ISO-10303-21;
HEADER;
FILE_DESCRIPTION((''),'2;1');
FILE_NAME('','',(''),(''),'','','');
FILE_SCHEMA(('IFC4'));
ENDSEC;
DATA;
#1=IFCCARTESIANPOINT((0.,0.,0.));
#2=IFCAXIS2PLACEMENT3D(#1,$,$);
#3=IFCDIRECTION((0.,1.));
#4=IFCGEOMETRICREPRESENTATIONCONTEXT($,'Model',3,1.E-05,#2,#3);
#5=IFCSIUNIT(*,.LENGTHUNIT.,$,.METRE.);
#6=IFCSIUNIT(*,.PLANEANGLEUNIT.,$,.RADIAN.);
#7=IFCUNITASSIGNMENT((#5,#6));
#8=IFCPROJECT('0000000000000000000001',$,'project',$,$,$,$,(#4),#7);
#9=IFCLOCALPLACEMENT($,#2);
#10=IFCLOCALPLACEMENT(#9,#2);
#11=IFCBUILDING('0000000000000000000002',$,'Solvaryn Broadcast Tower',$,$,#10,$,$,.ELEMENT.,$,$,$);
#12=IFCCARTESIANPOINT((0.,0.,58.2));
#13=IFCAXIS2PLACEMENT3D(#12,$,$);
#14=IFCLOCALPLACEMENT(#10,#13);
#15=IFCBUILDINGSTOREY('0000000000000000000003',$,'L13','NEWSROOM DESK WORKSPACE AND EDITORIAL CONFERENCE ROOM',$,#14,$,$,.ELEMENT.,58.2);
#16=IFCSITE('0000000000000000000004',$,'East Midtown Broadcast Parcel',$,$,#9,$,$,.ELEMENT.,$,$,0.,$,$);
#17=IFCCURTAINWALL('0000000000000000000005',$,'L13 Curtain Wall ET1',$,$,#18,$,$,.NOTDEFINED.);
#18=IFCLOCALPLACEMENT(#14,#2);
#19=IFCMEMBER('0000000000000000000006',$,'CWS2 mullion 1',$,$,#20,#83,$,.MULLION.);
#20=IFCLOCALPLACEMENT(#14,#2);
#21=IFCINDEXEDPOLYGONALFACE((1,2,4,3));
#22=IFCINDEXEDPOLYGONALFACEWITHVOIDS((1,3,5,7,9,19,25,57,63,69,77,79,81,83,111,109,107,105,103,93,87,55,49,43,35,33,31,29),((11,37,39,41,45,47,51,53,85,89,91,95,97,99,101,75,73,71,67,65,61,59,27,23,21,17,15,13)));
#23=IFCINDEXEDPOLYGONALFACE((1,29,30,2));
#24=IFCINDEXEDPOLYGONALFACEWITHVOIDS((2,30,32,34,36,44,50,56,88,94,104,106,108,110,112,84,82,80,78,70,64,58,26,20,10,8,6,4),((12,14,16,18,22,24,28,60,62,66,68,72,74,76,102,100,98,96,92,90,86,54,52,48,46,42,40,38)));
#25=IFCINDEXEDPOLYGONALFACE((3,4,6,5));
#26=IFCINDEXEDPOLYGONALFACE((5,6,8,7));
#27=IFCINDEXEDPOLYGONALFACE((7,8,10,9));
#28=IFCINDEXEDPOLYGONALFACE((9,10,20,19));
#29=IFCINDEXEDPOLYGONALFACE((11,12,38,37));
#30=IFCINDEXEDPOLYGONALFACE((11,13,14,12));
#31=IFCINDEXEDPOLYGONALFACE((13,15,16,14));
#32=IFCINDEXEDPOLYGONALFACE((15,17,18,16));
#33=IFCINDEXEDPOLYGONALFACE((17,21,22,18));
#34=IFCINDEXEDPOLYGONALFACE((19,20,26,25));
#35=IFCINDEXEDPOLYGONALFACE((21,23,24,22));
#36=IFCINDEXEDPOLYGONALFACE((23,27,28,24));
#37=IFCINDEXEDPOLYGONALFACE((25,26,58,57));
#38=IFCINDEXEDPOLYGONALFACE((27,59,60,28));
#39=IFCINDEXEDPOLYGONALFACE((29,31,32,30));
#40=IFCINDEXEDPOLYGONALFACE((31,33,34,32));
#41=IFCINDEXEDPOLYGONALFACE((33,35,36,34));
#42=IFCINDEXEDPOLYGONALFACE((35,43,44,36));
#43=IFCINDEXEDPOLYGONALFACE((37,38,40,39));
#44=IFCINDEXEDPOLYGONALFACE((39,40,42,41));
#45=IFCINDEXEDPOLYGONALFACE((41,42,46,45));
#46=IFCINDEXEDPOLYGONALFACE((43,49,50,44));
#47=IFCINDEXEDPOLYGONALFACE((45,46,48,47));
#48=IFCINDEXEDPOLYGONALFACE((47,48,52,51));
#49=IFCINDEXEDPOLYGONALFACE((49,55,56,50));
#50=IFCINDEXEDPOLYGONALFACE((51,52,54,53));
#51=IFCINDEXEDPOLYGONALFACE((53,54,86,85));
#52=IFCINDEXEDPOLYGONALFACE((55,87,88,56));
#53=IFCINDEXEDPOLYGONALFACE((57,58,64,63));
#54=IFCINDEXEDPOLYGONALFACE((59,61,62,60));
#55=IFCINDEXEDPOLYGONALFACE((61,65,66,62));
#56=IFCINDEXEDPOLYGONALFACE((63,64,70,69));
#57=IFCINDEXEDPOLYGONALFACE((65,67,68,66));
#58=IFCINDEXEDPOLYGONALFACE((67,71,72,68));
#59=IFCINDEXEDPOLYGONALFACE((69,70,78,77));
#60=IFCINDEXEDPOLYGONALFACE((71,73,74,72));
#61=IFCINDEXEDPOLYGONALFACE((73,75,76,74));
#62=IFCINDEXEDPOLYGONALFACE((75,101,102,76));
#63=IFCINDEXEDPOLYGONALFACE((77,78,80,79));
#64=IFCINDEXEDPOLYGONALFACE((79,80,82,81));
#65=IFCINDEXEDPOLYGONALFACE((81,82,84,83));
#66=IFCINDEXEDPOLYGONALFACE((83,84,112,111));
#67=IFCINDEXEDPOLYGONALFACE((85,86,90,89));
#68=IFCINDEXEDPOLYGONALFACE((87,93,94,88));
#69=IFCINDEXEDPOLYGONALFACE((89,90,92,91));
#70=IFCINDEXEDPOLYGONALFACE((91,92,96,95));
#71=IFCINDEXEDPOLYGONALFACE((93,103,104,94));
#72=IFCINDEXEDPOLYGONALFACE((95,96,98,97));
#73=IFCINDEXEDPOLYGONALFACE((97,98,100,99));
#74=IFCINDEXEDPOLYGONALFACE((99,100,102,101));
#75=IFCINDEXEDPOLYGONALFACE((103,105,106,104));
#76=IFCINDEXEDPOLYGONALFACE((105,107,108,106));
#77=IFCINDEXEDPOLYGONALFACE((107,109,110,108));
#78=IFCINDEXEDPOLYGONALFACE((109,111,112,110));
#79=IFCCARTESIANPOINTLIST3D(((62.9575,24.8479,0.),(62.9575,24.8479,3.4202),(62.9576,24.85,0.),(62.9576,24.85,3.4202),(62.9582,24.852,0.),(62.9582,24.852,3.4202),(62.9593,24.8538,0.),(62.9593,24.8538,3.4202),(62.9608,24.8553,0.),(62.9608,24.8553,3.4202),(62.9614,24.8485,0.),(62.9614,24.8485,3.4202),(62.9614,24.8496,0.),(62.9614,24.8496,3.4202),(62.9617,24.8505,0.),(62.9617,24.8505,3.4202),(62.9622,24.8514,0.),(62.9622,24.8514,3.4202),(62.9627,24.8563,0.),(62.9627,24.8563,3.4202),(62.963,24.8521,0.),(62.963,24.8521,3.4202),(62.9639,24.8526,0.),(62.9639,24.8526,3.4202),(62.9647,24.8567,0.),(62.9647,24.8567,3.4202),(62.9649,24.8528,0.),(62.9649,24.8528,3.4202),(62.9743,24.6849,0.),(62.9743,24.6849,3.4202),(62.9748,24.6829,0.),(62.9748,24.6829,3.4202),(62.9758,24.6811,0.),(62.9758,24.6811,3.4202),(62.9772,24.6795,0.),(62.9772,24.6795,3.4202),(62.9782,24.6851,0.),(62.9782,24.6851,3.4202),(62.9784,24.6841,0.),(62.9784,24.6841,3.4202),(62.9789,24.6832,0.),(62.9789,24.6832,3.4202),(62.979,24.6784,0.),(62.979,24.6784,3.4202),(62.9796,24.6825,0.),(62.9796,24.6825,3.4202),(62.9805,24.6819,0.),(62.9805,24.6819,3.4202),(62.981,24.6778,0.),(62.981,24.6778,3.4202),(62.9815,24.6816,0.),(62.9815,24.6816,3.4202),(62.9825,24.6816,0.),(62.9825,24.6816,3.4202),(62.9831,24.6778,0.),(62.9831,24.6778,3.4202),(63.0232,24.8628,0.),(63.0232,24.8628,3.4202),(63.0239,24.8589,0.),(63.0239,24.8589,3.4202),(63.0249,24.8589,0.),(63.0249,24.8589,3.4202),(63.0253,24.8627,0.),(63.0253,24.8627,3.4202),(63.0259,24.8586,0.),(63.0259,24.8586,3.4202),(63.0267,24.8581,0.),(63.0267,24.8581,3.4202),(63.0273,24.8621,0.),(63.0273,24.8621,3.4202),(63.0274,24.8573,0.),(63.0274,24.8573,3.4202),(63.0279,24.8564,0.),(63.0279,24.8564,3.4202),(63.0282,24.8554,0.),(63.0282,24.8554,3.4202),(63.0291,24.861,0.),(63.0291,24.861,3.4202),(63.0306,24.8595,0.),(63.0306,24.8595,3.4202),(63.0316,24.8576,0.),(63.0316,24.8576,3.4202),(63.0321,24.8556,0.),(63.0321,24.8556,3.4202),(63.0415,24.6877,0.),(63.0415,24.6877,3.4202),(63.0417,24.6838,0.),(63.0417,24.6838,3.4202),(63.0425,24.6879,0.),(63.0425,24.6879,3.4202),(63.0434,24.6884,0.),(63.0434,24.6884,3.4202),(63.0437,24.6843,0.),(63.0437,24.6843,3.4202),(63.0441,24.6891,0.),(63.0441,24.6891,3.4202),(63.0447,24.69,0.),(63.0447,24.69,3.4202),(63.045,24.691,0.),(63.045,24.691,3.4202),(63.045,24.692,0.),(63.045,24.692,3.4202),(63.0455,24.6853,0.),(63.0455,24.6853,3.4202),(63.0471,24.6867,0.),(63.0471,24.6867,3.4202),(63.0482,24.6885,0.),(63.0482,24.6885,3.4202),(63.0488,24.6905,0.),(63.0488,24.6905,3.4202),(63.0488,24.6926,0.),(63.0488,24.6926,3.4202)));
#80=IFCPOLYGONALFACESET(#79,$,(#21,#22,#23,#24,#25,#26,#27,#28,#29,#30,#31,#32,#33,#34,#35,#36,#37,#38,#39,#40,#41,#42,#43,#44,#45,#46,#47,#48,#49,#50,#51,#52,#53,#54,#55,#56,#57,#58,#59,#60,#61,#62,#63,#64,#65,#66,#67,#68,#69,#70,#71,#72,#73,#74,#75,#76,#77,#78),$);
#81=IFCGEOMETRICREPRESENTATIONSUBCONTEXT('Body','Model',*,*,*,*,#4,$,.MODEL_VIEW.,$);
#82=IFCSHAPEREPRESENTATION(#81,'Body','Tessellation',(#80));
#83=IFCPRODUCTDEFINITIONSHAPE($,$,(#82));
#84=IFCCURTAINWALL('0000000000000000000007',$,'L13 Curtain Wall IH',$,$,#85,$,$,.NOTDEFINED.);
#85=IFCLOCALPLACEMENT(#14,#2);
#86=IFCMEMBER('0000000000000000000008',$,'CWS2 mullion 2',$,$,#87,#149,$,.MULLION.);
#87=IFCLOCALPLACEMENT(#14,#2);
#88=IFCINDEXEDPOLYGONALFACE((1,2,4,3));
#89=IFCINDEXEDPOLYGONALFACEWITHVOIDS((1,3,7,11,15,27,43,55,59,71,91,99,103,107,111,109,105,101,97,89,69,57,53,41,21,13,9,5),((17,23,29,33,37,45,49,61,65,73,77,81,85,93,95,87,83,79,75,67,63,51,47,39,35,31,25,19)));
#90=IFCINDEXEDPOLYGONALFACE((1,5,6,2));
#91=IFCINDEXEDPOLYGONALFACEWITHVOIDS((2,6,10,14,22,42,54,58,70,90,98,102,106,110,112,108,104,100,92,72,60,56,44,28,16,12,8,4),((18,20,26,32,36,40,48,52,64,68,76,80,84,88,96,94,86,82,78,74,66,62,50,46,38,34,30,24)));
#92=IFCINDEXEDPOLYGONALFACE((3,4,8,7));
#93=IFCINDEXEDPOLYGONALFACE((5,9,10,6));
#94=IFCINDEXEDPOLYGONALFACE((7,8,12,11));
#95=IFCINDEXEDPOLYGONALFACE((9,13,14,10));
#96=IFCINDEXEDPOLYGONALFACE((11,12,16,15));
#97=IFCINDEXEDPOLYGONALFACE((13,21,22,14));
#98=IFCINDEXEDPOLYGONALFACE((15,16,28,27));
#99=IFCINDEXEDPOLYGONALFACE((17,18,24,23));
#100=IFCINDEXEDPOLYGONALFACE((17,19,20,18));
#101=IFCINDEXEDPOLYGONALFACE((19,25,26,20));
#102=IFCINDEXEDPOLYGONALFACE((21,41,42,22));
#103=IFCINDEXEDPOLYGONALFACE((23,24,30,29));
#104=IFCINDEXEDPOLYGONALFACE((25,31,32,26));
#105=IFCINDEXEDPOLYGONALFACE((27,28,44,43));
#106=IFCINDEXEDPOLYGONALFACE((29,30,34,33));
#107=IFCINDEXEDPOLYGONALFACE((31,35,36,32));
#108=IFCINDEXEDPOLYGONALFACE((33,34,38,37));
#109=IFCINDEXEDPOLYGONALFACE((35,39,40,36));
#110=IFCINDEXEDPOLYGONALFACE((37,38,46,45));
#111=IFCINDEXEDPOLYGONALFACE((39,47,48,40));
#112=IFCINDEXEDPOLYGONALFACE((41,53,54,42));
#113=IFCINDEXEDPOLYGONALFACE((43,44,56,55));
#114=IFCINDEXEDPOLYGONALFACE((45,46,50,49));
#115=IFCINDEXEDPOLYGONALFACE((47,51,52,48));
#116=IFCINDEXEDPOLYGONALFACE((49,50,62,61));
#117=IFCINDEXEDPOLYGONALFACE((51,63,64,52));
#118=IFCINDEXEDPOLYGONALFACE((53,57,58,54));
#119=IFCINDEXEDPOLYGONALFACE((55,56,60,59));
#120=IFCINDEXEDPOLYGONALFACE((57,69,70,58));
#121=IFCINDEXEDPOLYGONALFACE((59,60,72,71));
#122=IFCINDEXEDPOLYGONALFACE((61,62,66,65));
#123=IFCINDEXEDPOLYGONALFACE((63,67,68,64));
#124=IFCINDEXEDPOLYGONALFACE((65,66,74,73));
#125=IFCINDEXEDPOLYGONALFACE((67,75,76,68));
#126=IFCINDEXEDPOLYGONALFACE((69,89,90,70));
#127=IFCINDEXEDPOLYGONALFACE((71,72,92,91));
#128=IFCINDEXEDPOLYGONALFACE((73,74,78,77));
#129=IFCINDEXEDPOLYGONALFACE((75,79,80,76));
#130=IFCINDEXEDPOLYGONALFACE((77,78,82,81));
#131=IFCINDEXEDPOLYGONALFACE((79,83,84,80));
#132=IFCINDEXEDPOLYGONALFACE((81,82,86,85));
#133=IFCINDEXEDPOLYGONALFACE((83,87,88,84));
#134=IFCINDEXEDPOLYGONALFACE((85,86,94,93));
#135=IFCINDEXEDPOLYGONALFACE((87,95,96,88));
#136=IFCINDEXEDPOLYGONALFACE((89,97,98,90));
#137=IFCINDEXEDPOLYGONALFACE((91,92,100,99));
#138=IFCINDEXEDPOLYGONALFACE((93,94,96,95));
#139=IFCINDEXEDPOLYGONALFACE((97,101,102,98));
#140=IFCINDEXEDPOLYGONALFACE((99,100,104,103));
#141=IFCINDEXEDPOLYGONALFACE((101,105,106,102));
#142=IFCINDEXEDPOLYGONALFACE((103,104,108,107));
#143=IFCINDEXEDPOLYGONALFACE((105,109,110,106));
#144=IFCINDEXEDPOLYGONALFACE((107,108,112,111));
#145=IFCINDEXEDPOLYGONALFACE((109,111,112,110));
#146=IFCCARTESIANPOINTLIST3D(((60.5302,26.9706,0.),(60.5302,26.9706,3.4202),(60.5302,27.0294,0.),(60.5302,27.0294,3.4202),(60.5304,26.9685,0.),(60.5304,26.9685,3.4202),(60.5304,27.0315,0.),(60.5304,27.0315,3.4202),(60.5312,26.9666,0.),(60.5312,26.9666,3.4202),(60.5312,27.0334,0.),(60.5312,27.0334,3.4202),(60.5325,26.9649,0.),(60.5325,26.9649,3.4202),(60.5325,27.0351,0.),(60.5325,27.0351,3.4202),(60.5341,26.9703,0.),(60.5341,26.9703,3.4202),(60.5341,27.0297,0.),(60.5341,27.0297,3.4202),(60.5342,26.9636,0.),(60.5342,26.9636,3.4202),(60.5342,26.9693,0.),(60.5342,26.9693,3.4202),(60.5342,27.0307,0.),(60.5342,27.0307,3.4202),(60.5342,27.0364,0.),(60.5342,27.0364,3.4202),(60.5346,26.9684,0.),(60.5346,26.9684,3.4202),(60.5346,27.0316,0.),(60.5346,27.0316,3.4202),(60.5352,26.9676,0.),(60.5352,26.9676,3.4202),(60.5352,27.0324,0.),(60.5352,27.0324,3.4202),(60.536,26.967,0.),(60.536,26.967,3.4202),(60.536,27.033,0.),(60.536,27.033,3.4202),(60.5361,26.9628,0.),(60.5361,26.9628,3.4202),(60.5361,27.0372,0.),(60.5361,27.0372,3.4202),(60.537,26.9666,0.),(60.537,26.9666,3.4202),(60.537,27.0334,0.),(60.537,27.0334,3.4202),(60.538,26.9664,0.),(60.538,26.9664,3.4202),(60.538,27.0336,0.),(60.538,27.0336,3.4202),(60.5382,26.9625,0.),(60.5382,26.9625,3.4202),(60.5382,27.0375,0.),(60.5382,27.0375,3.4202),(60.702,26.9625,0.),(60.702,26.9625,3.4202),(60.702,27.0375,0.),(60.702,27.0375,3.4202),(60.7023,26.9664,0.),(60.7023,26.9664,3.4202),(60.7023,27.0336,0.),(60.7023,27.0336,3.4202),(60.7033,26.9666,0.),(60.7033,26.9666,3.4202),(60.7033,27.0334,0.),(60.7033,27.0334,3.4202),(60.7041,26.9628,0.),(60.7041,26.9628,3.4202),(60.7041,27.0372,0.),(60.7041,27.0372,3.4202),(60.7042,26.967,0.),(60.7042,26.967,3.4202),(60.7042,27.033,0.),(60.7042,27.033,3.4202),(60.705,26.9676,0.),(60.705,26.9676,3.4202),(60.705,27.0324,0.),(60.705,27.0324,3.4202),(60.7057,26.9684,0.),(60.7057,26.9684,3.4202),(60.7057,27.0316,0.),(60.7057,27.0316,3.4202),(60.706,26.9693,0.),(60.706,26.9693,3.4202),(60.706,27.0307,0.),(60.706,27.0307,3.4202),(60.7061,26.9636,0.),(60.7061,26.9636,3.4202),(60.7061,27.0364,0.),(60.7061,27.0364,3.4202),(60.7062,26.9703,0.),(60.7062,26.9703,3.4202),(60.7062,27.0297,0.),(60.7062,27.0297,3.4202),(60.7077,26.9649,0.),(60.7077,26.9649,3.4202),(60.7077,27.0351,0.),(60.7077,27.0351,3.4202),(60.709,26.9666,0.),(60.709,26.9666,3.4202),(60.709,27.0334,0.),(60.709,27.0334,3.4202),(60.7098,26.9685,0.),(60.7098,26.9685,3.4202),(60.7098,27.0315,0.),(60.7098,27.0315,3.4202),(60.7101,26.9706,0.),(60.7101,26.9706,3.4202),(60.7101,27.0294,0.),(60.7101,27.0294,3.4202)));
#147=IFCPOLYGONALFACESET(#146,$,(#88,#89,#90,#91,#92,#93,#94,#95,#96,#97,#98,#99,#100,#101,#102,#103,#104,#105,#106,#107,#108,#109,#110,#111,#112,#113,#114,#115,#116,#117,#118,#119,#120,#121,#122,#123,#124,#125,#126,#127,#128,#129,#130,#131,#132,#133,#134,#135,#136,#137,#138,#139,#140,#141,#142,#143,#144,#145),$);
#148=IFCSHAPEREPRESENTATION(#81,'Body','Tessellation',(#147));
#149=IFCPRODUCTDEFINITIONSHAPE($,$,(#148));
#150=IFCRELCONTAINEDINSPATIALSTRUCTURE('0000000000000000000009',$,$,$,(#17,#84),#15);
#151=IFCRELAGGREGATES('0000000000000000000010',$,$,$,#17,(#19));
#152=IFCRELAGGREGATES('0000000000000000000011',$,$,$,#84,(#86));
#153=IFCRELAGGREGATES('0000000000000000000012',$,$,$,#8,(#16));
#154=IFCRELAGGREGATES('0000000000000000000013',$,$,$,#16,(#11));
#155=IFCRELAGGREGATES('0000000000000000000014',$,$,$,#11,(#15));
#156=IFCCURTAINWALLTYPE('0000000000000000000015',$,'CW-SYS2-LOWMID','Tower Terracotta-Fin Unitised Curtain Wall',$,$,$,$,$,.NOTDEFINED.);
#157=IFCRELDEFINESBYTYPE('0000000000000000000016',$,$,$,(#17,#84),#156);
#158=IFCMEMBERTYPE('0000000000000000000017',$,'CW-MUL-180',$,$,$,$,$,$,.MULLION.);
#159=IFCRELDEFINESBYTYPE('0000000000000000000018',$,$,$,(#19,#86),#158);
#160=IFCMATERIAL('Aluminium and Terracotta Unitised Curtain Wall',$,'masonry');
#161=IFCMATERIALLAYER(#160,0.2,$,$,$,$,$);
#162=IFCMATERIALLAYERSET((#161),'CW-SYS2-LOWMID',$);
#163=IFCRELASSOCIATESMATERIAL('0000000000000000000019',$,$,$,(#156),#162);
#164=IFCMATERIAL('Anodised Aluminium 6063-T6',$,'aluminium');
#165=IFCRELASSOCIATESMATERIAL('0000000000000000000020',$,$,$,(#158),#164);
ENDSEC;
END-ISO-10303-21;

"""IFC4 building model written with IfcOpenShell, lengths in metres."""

from ifc_helpers import new_model, si_unit, direction, frame, origin, origin_2d, place, context, subcontext, project, spatial, hollow_rectangle, extrude, material, layer, layer_set, material_profile, profile_set, type_object, element, aggregate, save


model = new_model("IFC4")

# Units and contexts
model_context = context("Model", 3, precision=1e-05, world=origin(), true_north=direction((0.0, 1.0)))
body_context = subcontext(model_context, "Body", "Model", "MODEL_VIEW")
ifc_project = project(units=[si_unit("LENGTHUNIT", "METRE"), si_unit("PLANEANGLEUNIT", "RADIAN")], contexts=[model_context])

# Site, building, storey
site_placement = place(None, origin())
site = spatial("IfcSite", under=ifc_project, at=site_placement, Name="East Midtown Broadcast Parcel", CompositionType="ELEMENT", RefElevation=0.0)
building_placement = place(site_placement, origin())
building = spatial("IfcBuilding", under=site, at=building_placement, Name="Solvaryn Broadcast Tower", CompositionType="ELEMENT")
storey_placement = place(building_placement, frame((0.0, 0.0, 58.2)))
storey = spatial("IfcBuildingStorey", under=building, at=storey_placement, Name="L13", Description="NEWSROOM DESK WORKSPACE AND EDITORIAL CONFERENCE ROOM", CompositionType="ELEMENT", Elevation=58.2)

# Curtain walls, members
ifc_material_1 = material(Name="Aluminium and Terracotta Unitised Curtain Wall", Category="masonry")
ifc_layer_1 = layer(ifc_material_1, 0.2)
ifc_layer_set_1 = layer_set([ifc_layer_1], Name="CW-SYS2-LOWMID")
curtain_wall_type = type_object("IfcCurtainWallType", Name="CW-SYS2-LOWMID", Description="Tower Terracotta-Fin Unitised Curtain Wall", PredefinedType="NOTDEFINED", material=ifc_layer_set_1)
curtain_wall_1_placement = place(storey_placement, origin())
curtain_wall_1 = element("IfcCurtainWall", 1, at=curtain_wall_1_placement, inside=storey, type_object=curtain_wall_type, Name="L13 Curtain Wall ET1", PredefinedType="NOTDEFINED")
ifc_material_2 = material(Name="Anodised Aluminium 6063-T6", Category="aluminium")
ifc_material_profile_1 = material_profile(ifc_material_2, hollow_rectangle(XDim=0.075, YDim=0.1799, WallThickness=0.0039, InnerFilletRadius=0.0039, OuterFilletRadius=0.0081, at=origin_2d()))
ifc_profile_set_1 = profile_set([ifc_material_profile_1], Name="Anodised Aluminium 6063-T6")
member_type_1 = type_object("IfcMemberType", Name="CW-MUL-180", PredefinedType="MULLION", material=ifc_profile_set_1)
member_1_placement = place(storey_placement, frame((63.0032, 24.7703, 0.0), z_axis=(0.0, 0.0, 1.0), x_axis=(0.994743, 0.1024, 0.0)))
member_1 = element("IfcMember", 2, at=member_1_placement, type_object=member_type_1, Name="CWS2 mullion 1", PredefinedType="MULLION", context=body_context, shape_type="SweptSolid", body=[
    extrude(hollow_rectangle(XDim=0.075, YDim=0.1799, WallThickness=0.0039, InnerFilletRadius=0.0039, OuterFilletRadius=0.0081, at=origin_2d()), origin(), (0.0, 0.0, 1.0), 3.4202),
])
curtain_wall_2_placement = place(storey_placement, origin())
curtain_wall_2 = element("IfcCurtainWall", 3, at=curtain_wall_2_placement, inside=storey, type_object=curtain_wall_type, Name="L13 Curtain Wall IH", PredefinedType="NOTDEFINED")
member_2_placement = place(storey_placement, frame((60.6201, 27.0, 0.0), z_axis=(0.0, 0.0, 1.0), x_axis=(0.0, 1.0, 0.0)))
member_2 = element("IfcMember", 4, at=member_2_placement, type_object=member_type_1, Name="CWS2 mullion 2", PredefinedType="MULLION", context=body_context, shape_type="SweptSolid", body=[
    extrude(hollow_rectangle(XDim=0.075, YDim=0.1799, WallThickness=0.0039, InnerFilletRadius=0.0039, OuterFilletRadius=0.0081, at=origin_2d()), origin(), (0.0, 0.0, 1.0), 3.4202),
])

aggregate(curtain_wall_1, [member_1])
aggregate(curtain_wall_2, [member_2])

save(model, "model.ifc")
